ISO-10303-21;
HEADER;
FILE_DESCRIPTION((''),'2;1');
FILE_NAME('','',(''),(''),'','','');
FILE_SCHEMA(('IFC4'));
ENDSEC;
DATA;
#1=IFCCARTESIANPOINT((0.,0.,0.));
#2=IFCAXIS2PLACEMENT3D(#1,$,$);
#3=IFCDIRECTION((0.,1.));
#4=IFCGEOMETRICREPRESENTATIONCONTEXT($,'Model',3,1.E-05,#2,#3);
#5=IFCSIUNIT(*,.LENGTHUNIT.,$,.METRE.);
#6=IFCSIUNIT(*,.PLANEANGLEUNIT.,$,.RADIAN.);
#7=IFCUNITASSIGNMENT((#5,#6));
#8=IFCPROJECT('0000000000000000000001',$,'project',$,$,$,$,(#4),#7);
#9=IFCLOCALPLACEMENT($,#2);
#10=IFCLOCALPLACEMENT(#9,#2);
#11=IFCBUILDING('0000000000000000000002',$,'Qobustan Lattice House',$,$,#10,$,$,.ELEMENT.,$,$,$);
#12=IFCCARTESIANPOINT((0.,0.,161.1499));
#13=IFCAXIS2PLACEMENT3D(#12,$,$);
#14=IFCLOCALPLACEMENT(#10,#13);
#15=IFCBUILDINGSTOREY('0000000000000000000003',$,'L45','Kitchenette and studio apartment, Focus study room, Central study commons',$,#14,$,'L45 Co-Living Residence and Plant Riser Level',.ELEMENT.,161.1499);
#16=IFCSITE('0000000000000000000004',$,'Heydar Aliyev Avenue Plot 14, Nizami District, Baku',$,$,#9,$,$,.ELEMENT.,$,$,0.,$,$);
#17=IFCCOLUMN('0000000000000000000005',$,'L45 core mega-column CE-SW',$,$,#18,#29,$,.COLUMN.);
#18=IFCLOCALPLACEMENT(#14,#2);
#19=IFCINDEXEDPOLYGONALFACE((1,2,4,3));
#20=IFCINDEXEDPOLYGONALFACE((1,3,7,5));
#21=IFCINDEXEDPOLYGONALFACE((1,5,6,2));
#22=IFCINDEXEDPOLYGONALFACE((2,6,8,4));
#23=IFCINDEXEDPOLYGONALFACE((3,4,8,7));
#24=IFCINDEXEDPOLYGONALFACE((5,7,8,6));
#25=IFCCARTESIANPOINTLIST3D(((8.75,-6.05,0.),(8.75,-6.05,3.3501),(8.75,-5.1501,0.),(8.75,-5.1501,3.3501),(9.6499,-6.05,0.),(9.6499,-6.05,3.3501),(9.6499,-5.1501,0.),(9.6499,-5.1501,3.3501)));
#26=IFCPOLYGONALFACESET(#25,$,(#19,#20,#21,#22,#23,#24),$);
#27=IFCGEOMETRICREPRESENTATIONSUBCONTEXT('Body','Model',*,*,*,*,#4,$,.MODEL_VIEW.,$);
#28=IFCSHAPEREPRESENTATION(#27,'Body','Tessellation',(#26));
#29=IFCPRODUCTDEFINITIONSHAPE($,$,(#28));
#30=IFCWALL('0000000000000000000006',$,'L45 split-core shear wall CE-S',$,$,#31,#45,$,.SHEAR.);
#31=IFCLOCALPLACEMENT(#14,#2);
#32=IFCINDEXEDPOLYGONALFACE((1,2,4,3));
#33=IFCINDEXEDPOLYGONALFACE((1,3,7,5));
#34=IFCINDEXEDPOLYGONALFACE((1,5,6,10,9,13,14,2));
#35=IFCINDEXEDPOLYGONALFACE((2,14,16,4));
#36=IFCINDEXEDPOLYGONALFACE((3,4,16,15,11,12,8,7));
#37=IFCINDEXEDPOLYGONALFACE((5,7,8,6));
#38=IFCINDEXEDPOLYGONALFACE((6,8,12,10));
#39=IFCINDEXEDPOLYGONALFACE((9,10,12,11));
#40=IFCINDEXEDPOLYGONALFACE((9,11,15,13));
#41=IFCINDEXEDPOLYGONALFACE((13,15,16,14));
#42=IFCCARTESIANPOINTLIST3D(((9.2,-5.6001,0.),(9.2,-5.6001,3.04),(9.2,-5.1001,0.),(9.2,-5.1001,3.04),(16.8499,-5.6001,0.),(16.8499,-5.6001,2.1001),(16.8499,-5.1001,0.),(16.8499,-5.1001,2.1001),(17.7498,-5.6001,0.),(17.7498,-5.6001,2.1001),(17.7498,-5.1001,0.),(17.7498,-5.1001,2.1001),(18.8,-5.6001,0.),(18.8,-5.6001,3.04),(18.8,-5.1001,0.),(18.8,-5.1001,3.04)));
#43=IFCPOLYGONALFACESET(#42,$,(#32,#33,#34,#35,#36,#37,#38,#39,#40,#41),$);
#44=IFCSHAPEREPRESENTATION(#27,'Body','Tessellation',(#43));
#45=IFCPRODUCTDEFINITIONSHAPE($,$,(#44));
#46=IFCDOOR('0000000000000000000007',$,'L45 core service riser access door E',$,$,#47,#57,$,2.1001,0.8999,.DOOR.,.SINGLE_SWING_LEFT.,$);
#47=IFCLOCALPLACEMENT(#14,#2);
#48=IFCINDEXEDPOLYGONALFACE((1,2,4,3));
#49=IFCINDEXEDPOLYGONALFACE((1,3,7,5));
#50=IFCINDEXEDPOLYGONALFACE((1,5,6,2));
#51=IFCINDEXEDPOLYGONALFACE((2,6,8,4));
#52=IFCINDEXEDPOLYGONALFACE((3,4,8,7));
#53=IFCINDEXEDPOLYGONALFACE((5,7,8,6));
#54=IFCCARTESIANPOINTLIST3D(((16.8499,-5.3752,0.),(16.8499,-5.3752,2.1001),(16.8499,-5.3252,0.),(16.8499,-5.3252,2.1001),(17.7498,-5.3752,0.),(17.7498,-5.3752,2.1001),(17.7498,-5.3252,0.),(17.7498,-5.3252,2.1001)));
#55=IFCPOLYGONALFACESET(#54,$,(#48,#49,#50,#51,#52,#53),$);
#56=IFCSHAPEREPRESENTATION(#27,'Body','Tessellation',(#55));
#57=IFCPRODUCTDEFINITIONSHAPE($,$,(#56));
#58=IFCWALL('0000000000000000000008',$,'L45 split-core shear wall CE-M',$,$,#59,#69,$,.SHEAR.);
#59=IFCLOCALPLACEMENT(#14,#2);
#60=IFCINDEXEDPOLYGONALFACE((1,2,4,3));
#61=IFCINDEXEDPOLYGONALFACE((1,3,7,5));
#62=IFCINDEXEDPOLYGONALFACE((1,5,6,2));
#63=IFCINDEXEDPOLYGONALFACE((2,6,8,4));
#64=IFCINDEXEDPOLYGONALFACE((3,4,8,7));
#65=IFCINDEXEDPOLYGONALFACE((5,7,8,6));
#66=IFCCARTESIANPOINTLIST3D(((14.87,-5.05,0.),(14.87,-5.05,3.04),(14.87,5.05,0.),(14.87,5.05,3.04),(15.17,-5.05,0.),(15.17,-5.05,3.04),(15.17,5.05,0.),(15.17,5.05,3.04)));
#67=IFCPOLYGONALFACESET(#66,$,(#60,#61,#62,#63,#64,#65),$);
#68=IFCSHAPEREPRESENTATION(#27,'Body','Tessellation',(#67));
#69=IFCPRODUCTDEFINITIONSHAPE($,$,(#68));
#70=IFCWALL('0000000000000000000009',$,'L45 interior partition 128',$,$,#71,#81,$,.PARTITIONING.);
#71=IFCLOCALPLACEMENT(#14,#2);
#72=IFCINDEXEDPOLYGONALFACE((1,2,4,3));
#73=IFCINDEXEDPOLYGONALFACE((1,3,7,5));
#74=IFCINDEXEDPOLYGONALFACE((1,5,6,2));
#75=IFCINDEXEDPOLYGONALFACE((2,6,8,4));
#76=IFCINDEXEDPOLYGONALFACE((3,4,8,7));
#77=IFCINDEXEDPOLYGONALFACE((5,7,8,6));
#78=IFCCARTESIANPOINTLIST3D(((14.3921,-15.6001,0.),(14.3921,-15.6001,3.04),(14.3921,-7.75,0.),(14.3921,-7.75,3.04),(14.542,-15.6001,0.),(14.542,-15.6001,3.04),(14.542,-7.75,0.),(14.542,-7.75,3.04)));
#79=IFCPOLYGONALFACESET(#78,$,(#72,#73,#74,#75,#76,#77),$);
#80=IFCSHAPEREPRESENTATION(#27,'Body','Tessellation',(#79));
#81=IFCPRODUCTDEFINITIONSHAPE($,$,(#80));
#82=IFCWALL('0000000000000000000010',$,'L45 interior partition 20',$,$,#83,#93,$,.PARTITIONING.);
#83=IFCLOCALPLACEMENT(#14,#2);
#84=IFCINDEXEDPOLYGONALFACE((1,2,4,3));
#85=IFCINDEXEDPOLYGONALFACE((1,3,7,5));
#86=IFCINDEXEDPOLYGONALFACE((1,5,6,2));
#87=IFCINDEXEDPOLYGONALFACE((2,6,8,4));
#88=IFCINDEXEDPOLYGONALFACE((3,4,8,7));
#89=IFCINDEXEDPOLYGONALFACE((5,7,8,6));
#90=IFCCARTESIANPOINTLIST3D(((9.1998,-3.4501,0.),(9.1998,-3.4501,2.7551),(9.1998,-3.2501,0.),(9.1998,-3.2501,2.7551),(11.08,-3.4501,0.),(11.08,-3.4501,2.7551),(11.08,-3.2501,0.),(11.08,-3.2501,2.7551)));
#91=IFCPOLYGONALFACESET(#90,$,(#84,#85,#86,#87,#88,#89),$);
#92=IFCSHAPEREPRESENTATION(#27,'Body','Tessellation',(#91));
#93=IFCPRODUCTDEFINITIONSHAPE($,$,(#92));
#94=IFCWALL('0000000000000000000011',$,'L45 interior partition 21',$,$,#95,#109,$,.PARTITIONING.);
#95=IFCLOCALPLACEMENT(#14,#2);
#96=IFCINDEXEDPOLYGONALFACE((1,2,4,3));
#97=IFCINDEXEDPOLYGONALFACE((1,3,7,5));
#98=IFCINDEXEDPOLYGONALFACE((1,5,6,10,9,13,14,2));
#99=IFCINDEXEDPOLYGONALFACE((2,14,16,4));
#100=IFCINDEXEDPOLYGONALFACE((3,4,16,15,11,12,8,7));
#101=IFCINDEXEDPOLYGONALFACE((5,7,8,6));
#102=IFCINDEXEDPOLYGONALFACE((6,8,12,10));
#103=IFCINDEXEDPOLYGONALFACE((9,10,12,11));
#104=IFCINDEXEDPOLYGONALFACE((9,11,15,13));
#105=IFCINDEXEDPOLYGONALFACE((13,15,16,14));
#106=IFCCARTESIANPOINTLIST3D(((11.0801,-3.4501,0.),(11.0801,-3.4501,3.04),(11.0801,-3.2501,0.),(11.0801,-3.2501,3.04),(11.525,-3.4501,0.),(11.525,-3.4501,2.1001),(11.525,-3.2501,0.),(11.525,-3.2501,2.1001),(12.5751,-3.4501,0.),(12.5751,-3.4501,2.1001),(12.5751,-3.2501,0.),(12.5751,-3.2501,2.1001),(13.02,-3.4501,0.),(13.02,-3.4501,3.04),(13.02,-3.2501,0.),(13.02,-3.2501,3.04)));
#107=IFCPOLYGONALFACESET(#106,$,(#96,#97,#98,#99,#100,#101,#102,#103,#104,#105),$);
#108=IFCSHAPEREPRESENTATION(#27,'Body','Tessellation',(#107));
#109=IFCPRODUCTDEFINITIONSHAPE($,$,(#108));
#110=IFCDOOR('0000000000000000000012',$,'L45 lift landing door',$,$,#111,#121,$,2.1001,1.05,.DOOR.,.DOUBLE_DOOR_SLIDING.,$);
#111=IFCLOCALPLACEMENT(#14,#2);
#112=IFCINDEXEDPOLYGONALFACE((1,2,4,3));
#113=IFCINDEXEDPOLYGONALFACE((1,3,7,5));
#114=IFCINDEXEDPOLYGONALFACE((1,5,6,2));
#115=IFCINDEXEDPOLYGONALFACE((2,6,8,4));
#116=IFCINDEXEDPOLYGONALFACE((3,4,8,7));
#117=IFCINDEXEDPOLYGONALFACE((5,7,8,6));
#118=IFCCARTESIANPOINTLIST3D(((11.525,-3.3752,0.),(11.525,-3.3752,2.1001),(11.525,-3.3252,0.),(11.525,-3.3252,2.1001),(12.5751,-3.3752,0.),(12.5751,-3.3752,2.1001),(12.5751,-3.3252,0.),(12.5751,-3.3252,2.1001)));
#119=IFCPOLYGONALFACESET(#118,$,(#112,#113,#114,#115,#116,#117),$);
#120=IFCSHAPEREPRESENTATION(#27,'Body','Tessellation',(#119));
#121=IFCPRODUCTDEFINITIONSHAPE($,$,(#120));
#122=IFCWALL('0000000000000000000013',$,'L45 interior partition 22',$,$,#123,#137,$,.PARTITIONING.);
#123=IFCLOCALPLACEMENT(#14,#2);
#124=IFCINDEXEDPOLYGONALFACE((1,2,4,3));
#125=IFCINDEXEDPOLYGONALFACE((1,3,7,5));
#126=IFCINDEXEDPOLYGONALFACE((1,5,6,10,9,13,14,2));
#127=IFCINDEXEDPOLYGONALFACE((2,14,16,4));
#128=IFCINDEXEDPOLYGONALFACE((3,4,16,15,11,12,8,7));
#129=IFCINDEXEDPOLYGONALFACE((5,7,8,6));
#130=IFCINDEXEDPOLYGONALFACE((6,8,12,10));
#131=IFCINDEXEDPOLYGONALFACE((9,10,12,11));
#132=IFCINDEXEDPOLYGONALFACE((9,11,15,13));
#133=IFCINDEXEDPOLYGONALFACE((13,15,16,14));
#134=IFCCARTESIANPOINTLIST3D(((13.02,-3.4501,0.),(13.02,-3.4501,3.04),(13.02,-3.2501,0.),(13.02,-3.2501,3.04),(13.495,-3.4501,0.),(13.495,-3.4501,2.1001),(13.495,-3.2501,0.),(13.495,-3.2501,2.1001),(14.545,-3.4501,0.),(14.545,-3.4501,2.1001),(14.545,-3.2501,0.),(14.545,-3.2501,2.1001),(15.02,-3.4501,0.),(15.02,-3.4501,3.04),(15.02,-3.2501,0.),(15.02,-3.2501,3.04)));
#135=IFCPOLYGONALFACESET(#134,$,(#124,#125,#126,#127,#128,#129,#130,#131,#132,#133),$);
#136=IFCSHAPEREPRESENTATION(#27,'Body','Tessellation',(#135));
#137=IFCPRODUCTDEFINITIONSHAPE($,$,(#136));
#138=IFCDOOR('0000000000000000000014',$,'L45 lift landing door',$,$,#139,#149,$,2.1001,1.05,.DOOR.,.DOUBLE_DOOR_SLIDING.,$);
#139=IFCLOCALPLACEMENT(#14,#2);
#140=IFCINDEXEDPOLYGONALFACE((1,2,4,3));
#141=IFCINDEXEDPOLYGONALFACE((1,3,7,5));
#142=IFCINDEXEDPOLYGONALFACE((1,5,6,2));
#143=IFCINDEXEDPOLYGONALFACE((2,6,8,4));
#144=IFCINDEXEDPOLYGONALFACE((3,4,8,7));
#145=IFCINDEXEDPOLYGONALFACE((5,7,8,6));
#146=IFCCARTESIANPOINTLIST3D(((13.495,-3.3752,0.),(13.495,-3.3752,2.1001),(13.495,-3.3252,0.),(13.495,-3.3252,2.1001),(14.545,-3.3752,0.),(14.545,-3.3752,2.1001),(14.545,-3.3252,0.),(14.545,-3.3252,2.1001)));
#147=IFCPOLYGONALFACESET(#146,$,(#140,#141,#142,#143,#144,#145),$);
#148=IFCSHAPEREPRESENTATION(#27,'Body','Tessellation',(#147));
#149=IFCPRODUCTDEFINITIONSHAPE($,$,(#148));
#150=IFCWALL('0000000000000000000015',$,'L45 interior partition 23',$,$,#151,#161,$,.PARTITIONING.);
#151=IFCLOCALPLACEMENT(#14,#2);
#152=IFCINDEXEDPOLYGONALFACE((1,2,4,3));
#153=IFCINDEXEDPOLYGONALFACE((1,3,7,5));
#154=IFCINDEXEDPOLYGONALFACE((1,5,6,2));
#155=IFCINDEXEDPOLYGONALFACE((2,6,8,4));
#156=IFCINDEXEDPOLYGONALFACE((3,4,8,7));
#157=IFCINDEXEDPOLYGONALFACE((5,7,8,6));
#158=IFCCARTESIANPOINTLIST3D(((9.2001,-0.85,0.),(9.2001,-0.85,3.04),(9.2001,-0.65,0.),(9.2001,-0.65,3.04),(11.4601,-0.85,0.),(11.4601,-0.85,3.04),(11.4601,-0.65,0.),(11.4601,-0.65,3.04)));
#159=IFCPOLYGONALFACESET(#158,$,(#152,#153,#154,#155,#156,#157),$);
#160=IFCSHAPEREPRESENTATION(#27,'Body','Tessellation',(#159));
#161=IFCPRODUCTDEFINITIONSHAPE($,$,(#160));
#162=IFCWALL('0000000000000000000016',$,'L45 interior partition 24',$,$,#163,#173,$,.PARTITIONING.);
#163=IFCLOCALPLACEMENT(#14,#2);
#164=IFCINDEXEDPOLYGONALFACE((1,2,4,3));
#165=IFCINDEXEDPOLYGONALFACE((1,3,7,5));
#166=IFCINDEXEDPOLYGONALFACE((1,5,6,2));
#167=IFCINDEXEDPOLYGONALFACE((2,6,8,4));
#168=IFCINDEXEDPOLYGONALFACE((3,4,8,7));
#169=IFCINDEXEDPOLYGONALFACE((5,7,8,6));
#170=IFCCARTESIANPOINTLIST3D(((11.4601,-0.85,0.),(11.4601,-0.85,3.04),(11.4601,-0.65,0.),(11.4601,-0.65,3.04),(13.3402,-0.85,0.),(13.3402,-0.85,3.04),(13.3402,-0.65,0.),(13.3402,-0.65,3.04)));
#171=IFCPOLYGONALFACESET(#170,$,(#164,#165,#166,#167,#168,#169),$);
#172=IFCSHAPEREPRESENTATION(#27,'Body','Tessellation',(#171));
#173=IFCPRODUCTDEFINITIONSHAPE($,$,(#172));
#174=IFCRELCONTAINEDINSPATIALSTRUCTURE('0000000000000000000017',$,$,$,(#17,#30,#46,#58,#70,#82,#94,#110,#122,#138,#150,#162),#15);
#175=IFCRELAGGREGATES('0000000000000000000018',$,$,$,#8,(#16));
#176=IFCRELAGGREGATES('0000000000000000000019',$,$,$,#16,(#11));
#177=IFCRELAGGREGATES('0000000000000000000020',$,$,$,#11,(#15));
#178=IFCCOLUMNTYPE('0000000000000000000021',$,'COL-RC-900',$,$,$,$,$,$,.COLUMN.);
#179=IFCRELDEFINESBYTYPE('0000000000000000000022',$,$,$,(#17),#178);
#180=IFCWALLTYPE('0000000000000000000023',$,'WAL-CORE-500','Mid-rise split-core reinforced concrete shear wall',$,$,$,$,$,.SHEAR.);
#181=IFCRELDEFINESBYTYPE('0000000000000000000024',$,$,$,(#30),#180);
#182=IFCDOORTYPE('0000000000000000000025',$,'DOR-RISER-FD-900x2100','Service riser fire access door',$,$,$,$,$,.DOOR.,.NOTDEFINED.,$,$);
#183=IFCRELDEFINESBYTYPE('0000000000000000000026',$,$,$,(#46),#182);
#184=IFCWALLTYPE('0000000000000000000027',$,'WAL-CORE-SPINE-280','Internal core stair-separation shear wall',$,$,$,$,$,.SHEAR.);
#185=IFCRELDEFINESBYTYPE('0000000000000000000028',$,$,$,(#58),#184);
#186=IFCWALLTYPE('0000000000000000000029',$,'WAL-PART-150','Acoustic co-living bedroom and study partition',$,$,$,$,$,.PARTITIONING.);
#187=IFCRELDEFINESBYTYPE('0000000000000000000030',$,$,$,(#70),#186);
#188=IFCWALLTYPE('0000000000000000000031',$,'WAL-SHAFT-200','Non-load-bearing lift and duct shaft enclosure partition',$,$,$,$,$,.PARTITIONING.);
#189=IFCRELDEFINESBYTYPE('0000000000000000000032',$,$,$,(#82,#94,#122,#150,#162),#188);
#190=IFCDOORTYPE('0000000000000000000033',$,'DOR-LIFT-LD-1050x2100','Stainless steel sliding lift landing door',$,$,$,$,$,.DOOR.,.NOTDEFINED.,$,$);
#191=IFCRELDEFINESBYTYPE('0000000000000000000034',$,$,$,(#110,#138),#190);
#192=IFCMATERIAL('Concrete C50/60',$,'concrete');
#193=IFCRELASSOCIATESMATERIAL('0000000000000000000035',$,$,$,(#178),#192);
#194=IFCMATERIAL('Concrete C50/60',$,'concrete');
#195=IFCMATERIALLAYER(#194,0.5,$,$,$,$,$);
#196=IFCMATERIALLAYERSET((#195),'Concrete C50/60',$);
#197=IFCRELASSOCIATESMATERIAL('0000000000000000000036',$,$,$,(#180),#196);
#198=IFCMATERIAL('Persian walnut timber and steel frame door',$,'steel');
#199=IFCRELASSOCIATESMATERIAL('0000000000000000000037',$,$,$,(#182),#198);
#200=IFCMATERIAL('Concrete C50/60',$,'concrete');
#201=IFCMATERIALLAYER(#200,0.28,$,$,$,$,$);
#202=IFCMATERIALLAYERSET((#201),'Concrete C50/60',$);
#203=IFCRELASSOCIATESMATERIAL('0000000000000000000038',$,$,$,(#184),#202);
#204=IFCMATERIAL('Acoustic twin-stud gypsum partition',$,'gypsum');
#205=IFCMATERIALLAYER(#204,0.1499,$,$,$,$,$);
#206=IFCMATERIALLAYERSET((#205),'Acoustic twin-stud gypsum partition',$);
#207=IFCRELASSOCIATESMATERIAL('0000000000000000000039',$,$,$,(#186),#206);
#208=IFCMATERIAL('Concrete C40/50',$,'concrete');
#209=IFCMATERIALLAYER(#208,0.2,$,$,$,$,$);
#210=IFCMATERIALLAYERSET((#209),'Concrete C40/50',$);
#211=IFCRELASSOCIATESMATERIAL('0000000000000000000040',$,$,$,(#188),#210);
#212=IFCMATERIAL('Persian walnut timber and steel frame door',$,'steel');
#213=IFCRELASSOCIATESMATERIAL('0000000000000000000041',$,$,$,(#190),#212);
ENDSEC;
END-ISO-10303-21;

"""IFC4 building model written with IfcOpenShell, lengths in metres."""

from ifc_helpers import new_model, si_unit, direction, frame, frame_2d, origin, origin_2d, place, context, subcontext, project, spatial, rectangle, extrude, material, layer, layer_set, material_profile, profile_set, type_object, element, fill, save


model = new_model("IFC4")

# Units and contexts
model_context = context("Model", 3, precision=1e-05, world=origin(), true_north=direction((0.0, 1.0)))
body_context = subcontext(model_context, "Body", "Model", "MODEL_VIEW")
ifc_project = project(units=[si_unit("LENGTHUNIT", "METRE"), si_unit("PLANEANGLEUNIT", "RADIAN")], contexts=[model_context])

# Site, building, storey
site_placement = place(None, origin())
site = spatial("IfcSite", under=ifc_project, at=site_placement, Name="Heydar Aliyev Avenue Plot 14, Nizami District, Baku", CompositionType="ELEMENT", RefElevation=0.0)
building_placement = place(site_placement, origin())
building = spatial("IfcBuilding", under=site, at=building_placement, Name="Qobustan Lattice House", CompositionType="ELEMENT")
storey_placement = place(building_placement, frame((0.0, 0.0, 161.1499)))
storey = spatial("IfcBuildingStorey", under=building, at=storey_placement, Name="L45", Description="Kitchenette and studio apartment, Focus study room, Central study commons", LongName="L45 Co-Living Residence and Plant Riser Level", CompositionType="ELEMENT", Elevation=161.1499)

# Column
ifc_material_1 = material(Name="Concrete C50/60", Category="concrete")
ifc_material_profile = material_profile(ifc_material_1, rectangle(XDim=0.8999, YDim=0.8999, at=origin_2d()), Name="RC900x900")
ifc_profile_set = profile_set([ifc_material_profile], Name="Concrete C50/60")
column_type = type_object("IfcColumnType", Name="COL-RC-900", PredefinedType="COLUMN", material=ifc_profile_set)
column_placement = place(storey_placement, frame((9.2, -5.6001, 0.0), z_axis=(0.0, 0.0, 1.0), x_axis=(1.0, 0.0, 0.0)))
element("IfcColumn", 1, at=column_placement, inside=storey, type_object=column_type, Name="L45 core mega-column CE-SW", PredefinedType="COLUMN", context=body_context, shape_type="SweptSolid", body=[
    extrude(rectangle(XDim=0.8999, YDim=0.8999, at=origin_2d()), origin(), (0.0, 0.0, 1.0), 3.3501),
])

# Wall, opening, door
ifc_material_2 = material(Name="Concrete C50/60", Category="concrete")
ifc_layer_1 = layer(ifc_material_2, 0.5)
ifc_layer_set_1 = layer_set([ifc_layer_1], Name="Concrete C50/60")
wall_type_1 = type_object("IfcWallType", Name="WAL-CORE-500", Description="Mid-rise split-core reinforced concrete shear wall", PredefinedType="SHEAR", material=ifc_layer_set_1)
wall_1_placement = place(storey_placement, frame((9.2, -5.3501, 0.0), z_axis=(0.0, 0.0, 1.0), x_axis=(1.0, 0.0, 0.0)))
wall_1 = element("IfcWall", 2, at=wall_1_placement, inside=storey, type_object=wall_type_1, Name="L45 split-core shear wall CE-S", PredefinedType="SHEAR", context=body_context, shape_type="SweptSolid", body=[
    extrude(rectangle(XDim=9.6001, YDim=0.5, at=frame_2d((4.8, 0.0))), origin(), (0.0, 0.0, 1.0), 3.04),
])
opening_1_placement = place(wall_1_placement, frame((7.6499, 0.0, 0.0)))
opening_1 = element("IfcOpeningElement", 3, at=opening_1_placement, cuts=wall_1, PredefinedType="OPENING", context=body_context, shape_type="SweptSolid", body=[
    extrude(rectangle(XDim=0.8999, YDim=2.1001, at=frame_2d((0.45, 1.05))), frame((0.0, 0.26, 0.0), z_axis=(0.0, -1.0, 0.0), x_axis=(1.0, 0.0, 0.0)), (0.0, 0.0, 1.0), 0.52),
])
ifc_material_3 = material(Name="Persian walnut timber and steel frame door", Category="steel")
door_type_1 = type_object("IfcDoorType", Name="DOR-RISER-FD-900x2100", Description="Service riser fire access door", OperationType="NOTDEFINED", PredefinedType="DOOR", material=ifc_material_3)
door_1_placement = place(opening_1_placement, origin())
door_1 = element("IfcDoor", 4, at=door_1_placement, inside=storey, type_object=door_type_1, Name="L45 core service riser access door E", OperationType="SINGLE_SWING_LEFT", OverallHeight=2.1001, OverallWidth=0.8999, PredefinedType="DOOR", context=body_context, shape_type="SweptSolid", body=[
    extrude(rectangle(XDim=0.8999, YDim=2.1001, at=frame_2d((0.45, 1.05))), frame((0.0, 0.0249, 0.0), z_axis=(0.0, -1.0, 0.0), x_axis=(1.0, 0.0, 0.0)), (0.0, 0.0, 1.0), 0.05),
])
fill(opening_1, door_1)

# Wall
ifc_material_4 = material(Name="Concrete C50/60", Category="concrete")
ifc_layer_2 = layer(ifc_material_4, 0.28)
ifc_layer_set_2 = layer_set([ifc_layer_2], Name="Concrete C50/60")
wall_type_2 = type_object("IfcWallType", Name="WAL-CORE-SPINE-280", Description="Internal core stair-separation shear wall", PredefinedType="SHEAR", material=ifc_layer_set_2)
wall_2_placement = place(storey_placement, frame((15.02, -5.05, 0.0), z_axis=(0.0, 0.0, 1.0), x_axis=(0.0, 1.0, 0.0)))
element("IfcWall", 5, at=wall_2_placement, inside=storey, type_object=wall_type_2, Name="L45 split-core shear wall CE-M", PredefinedType="SHEAR", context=body_context, shape_type="SweptSolid", body=[
    extrude(rectangle(XDim=10.1001, YDim=0.3, at=frame_2d((5.05, 0.0))), origin(), (0.0, 0.0, 1.0), 3.04),
])

# Walls
ifc_material_5 = material(Name="Acoustic twin-stud gypsum partition", Category="gypsum")
ifc_layer_3 = layer(ifc_material_5, 0.1499)
ifc_layer_set_3 = layer_set([ifc_layer_3], Name="Acoustic twin-stud gypsum partition")
wall_type_3 = type_object("IfcWallType", Name="WAL-PART-150", Description="Acoustic co-living bedroom and study partition", PredefinedType="PARTITIONING", material=ifc_layer_set_3)
wall_3_placement = place(storey_placement, frame((14.467, -7.75, 0.0), z_axis=(0.0, 0.0, 1.0), x_axis=(0.0, -1.0, 0.0)))
element("IfcWall", 6, at=wall_3_placement, inside=storey, type_object=wall_type_3, Name="L45 interior partition 128", PredefinedType="PARTITIONING", context=body_context, shape_type="SweptSolid", body=[
    extrude(rectangle(XDim=7.8501, YDim=0.1499, at=frame_2d((3.925, 0.0))), origin(), (0.0, 0.0, 1.0), 3.04),
])
ifc_material_6 = material(Name="Concrete C40/50", Category="concrete")
ifc_layer_4 = layer(ifc_material_6, 0.2)
ifc_layer_set_4 = layer_set([ifc_layer_4], Name="Concrete C40/50")
wall_type_4 = type_object("IfcWallType", Name="WAL-SHAFT-200", Description="Non-load-bearing lift and duct shaft enclosure partition", PredefinedType="PARTITIONING", material=ifc_layer_set_4)
wall_4_placement = place(storey_placement, frame((9.2, -3.3501, 0.0), z_axis=(0.0, 0.0, 1.0), x_axis=(1.0, 0.0, 0.0)))
element("IfcWall", 7, at=wall_4_placement, inside=storey, type_object=wall_type_4, Name="L45 interior partition 20", PredefinedType="PARTITIONING", context=body_context, shape_type="SweptSolid", body=[
    extrude(rectangle(XDim=1.8801, YDim=0.2, at=frame_2d((0.9399, 0.0))), origin(), (0.0, 0.0, 1.0), 2.7551),
])

# Walls, openings, doors
wall_5_placement = place(storey_placement, frame((11.0801, -3.3501, 0.0), z_axis=(0.0, 0.0, 1.0), x_axis=(1.0, 0.0, 0.0)))
wall_5 = element("IfcWall", 8, at=wall_5_placement, inside=storey, type_object=wall_type_4, Name="L45 interior partition 21", PredefinedType="PARTITIONING", context=body_context, shape_type="SweptSolid", body=[
    extrude(rectangle(XDim=1.9399, YDim=0.2, at=frame_2d((0.97, 0.0))), origin(), (0.0, 0.0, 1.0), 3.04),
])
opening_2_placement = place(wall_5_placement, frame((0.4451, 0.0, 0.0)))
opening_2 = element("IfcOpeningElement", 9, at=opening_2_placement, cuts=wall_5, PredefinedType="OPENING", context=body_context, shape_type="SweptSolid", body=[
    extrude(rectangle(XDim=1.05, YDim=2.1001, at=frame_2d((0.5249, 1.05))), frame((0.0, 0.1099, 0.0), z_axis=(0.0, -1.0, 0.0), x_axis=(1.0, 0.0, 0.0)), (0.0, 0.0, 1.0), 0.22),
])
ifc_material_7 = material(Name="Persian walnut timber and steel frame door", Category="steel")
door_type_2 = type_object("IfcDoorType", Name="DOR-LIFT-LD-1050x2100", Description="Stainless steel sliding lift landing door", OperationType="NOTDEFINED", PredefinedType="DOOR", material=ifc_material_7)
door_2_placement = place(opening_2_placement, origin())
door_2 = element("IfcDoor", 10, at=door_2_placement, inside=storey, type_object=door_type_2, Name="L45 lift landing door", OperationType="DOUBLE_DOOR_SLIDING", OverallHeight=2.1001, OverallWidth=1.05, PredefinedType="DOOR", context=body_context, shape_type="SweptSolid", body=[
    extrude(rectangle(XDim=1.05, YDim=2.1001, at=frame_2d((0.5249, 1.05))), frame((0.0, 0.0249, 0.0), z_axis=(0.0, -1.0, 0.0), x_axis=(1.0, 0.0, 0.0)), (0.0, 0.0, 1.0), 0.05),
])
fill(opening_2, door_2)
wall_6_placement = place(storey_placement, frame((13.02, -3.3501, 0.0), z_axis=(0.0, 0.0, 1.0), x_axis=(1.0, 0.0, 0.0)))
wall_6 = element("IfcWall", 11, at=wall_6_placement, inside=storey, type_object=wall_type_4, Name="L45 interior partition 22", PredefinedType="PARTITIONING", context=body_context, shape_type="SweptSolid", body=[
    extrude(rectangle(XDim=2.0, YDim=0.2, at=frame_2d((1.0, 0.0))), origin(), (0.0, 0.0, 1.0), 3.04),
])
opening_3_placement = place(wall_6_placement, frame((0.4751, 0.0, 0.0)))
opening_3 = element("IfcOpeningElement", 12, at=opening_3_placement, cuts=wall_6, PredefinedType="OPENING", context=body_context, shape_type="SweptSolid", body=[
    extrude(rectangle(XDim=1.05, YDim=2.1001, at=frame_2d((0.5249, 1.05))), frame((0.0, 0.1099, 0.0), z_axis=(0.0, -1.0, 0.0), x_axis=(1.0, 0.0, 0.0)), (0.0, 0.0, 1.0), 0.22),
])
door_3_placement = place(opening_3_placement, origin())
door_3 = element("IfcDoor", 13, at=door_3_placement, inside=storey, type_object=door_type_2, Name="L45 lift landing door", OperationType="DOUBLE_DOOR_SLIDING", OverallHeight=2.1001, OverallWidth=1.05, PredefinedType="DOOR", context=body_context, shape_type="SweptSolid", body=[
    extrude(rectangle(XDim=1.05, YDim=2.1001, at=frame_2d((0.5249, 1.05))), frame((0.0, 0.0249, 0.0), z_axis=(0.0, -1.0, 0.0), x_axis=(1.0, 0.0, 0.0)), (0.0, 0.0, 1.0), 0.05),
])
fill(opening_3, door_3)

# Walls
wall_7_placement = place(storey_placement, frame((11.46, -0.75, 0.0), z_axis=(0.0, 0.0, 1.0), x_axis=(-1.0, 0.0, 0.0)))
element("IfcWall", 14, at=wall_7_placement, inside=storey, type_object=wall_type_4, Name="L45 interior partition 23", PredefinedType="PARTITIONING", context=body_context, shape_type="SweptSolid", body=[
    extrude(rectangle(XDim=2.26, YDim=0.2, at=frame_2d((1.1299, 0.0))), origin(), (0.0, 0.0, 1.0), 3.04),
])
wall_8_placement = place(storey_placement, frame((13.3401, -0.75, 0.0), z_axis=(0.0, 0.0, 1.0), x_axis=(-1.0, 0.0, 0.0)))
element("IfcWall", 15, at=wall_8_placement, inside=storey, type_object=wall_type_4, Name="L45 interior partition 24", PredefinedType="PARTITIONING", context=body_context, shape_type="SweptSolid", body=[
    extrude(rectangle(XDim=1.8801, YDim=0.2, at=frame_2d((0.9399, 0.0))), origin(), (0.0, 0.0, 1.0), 3.04),
])

save(model, "model.ifc")
